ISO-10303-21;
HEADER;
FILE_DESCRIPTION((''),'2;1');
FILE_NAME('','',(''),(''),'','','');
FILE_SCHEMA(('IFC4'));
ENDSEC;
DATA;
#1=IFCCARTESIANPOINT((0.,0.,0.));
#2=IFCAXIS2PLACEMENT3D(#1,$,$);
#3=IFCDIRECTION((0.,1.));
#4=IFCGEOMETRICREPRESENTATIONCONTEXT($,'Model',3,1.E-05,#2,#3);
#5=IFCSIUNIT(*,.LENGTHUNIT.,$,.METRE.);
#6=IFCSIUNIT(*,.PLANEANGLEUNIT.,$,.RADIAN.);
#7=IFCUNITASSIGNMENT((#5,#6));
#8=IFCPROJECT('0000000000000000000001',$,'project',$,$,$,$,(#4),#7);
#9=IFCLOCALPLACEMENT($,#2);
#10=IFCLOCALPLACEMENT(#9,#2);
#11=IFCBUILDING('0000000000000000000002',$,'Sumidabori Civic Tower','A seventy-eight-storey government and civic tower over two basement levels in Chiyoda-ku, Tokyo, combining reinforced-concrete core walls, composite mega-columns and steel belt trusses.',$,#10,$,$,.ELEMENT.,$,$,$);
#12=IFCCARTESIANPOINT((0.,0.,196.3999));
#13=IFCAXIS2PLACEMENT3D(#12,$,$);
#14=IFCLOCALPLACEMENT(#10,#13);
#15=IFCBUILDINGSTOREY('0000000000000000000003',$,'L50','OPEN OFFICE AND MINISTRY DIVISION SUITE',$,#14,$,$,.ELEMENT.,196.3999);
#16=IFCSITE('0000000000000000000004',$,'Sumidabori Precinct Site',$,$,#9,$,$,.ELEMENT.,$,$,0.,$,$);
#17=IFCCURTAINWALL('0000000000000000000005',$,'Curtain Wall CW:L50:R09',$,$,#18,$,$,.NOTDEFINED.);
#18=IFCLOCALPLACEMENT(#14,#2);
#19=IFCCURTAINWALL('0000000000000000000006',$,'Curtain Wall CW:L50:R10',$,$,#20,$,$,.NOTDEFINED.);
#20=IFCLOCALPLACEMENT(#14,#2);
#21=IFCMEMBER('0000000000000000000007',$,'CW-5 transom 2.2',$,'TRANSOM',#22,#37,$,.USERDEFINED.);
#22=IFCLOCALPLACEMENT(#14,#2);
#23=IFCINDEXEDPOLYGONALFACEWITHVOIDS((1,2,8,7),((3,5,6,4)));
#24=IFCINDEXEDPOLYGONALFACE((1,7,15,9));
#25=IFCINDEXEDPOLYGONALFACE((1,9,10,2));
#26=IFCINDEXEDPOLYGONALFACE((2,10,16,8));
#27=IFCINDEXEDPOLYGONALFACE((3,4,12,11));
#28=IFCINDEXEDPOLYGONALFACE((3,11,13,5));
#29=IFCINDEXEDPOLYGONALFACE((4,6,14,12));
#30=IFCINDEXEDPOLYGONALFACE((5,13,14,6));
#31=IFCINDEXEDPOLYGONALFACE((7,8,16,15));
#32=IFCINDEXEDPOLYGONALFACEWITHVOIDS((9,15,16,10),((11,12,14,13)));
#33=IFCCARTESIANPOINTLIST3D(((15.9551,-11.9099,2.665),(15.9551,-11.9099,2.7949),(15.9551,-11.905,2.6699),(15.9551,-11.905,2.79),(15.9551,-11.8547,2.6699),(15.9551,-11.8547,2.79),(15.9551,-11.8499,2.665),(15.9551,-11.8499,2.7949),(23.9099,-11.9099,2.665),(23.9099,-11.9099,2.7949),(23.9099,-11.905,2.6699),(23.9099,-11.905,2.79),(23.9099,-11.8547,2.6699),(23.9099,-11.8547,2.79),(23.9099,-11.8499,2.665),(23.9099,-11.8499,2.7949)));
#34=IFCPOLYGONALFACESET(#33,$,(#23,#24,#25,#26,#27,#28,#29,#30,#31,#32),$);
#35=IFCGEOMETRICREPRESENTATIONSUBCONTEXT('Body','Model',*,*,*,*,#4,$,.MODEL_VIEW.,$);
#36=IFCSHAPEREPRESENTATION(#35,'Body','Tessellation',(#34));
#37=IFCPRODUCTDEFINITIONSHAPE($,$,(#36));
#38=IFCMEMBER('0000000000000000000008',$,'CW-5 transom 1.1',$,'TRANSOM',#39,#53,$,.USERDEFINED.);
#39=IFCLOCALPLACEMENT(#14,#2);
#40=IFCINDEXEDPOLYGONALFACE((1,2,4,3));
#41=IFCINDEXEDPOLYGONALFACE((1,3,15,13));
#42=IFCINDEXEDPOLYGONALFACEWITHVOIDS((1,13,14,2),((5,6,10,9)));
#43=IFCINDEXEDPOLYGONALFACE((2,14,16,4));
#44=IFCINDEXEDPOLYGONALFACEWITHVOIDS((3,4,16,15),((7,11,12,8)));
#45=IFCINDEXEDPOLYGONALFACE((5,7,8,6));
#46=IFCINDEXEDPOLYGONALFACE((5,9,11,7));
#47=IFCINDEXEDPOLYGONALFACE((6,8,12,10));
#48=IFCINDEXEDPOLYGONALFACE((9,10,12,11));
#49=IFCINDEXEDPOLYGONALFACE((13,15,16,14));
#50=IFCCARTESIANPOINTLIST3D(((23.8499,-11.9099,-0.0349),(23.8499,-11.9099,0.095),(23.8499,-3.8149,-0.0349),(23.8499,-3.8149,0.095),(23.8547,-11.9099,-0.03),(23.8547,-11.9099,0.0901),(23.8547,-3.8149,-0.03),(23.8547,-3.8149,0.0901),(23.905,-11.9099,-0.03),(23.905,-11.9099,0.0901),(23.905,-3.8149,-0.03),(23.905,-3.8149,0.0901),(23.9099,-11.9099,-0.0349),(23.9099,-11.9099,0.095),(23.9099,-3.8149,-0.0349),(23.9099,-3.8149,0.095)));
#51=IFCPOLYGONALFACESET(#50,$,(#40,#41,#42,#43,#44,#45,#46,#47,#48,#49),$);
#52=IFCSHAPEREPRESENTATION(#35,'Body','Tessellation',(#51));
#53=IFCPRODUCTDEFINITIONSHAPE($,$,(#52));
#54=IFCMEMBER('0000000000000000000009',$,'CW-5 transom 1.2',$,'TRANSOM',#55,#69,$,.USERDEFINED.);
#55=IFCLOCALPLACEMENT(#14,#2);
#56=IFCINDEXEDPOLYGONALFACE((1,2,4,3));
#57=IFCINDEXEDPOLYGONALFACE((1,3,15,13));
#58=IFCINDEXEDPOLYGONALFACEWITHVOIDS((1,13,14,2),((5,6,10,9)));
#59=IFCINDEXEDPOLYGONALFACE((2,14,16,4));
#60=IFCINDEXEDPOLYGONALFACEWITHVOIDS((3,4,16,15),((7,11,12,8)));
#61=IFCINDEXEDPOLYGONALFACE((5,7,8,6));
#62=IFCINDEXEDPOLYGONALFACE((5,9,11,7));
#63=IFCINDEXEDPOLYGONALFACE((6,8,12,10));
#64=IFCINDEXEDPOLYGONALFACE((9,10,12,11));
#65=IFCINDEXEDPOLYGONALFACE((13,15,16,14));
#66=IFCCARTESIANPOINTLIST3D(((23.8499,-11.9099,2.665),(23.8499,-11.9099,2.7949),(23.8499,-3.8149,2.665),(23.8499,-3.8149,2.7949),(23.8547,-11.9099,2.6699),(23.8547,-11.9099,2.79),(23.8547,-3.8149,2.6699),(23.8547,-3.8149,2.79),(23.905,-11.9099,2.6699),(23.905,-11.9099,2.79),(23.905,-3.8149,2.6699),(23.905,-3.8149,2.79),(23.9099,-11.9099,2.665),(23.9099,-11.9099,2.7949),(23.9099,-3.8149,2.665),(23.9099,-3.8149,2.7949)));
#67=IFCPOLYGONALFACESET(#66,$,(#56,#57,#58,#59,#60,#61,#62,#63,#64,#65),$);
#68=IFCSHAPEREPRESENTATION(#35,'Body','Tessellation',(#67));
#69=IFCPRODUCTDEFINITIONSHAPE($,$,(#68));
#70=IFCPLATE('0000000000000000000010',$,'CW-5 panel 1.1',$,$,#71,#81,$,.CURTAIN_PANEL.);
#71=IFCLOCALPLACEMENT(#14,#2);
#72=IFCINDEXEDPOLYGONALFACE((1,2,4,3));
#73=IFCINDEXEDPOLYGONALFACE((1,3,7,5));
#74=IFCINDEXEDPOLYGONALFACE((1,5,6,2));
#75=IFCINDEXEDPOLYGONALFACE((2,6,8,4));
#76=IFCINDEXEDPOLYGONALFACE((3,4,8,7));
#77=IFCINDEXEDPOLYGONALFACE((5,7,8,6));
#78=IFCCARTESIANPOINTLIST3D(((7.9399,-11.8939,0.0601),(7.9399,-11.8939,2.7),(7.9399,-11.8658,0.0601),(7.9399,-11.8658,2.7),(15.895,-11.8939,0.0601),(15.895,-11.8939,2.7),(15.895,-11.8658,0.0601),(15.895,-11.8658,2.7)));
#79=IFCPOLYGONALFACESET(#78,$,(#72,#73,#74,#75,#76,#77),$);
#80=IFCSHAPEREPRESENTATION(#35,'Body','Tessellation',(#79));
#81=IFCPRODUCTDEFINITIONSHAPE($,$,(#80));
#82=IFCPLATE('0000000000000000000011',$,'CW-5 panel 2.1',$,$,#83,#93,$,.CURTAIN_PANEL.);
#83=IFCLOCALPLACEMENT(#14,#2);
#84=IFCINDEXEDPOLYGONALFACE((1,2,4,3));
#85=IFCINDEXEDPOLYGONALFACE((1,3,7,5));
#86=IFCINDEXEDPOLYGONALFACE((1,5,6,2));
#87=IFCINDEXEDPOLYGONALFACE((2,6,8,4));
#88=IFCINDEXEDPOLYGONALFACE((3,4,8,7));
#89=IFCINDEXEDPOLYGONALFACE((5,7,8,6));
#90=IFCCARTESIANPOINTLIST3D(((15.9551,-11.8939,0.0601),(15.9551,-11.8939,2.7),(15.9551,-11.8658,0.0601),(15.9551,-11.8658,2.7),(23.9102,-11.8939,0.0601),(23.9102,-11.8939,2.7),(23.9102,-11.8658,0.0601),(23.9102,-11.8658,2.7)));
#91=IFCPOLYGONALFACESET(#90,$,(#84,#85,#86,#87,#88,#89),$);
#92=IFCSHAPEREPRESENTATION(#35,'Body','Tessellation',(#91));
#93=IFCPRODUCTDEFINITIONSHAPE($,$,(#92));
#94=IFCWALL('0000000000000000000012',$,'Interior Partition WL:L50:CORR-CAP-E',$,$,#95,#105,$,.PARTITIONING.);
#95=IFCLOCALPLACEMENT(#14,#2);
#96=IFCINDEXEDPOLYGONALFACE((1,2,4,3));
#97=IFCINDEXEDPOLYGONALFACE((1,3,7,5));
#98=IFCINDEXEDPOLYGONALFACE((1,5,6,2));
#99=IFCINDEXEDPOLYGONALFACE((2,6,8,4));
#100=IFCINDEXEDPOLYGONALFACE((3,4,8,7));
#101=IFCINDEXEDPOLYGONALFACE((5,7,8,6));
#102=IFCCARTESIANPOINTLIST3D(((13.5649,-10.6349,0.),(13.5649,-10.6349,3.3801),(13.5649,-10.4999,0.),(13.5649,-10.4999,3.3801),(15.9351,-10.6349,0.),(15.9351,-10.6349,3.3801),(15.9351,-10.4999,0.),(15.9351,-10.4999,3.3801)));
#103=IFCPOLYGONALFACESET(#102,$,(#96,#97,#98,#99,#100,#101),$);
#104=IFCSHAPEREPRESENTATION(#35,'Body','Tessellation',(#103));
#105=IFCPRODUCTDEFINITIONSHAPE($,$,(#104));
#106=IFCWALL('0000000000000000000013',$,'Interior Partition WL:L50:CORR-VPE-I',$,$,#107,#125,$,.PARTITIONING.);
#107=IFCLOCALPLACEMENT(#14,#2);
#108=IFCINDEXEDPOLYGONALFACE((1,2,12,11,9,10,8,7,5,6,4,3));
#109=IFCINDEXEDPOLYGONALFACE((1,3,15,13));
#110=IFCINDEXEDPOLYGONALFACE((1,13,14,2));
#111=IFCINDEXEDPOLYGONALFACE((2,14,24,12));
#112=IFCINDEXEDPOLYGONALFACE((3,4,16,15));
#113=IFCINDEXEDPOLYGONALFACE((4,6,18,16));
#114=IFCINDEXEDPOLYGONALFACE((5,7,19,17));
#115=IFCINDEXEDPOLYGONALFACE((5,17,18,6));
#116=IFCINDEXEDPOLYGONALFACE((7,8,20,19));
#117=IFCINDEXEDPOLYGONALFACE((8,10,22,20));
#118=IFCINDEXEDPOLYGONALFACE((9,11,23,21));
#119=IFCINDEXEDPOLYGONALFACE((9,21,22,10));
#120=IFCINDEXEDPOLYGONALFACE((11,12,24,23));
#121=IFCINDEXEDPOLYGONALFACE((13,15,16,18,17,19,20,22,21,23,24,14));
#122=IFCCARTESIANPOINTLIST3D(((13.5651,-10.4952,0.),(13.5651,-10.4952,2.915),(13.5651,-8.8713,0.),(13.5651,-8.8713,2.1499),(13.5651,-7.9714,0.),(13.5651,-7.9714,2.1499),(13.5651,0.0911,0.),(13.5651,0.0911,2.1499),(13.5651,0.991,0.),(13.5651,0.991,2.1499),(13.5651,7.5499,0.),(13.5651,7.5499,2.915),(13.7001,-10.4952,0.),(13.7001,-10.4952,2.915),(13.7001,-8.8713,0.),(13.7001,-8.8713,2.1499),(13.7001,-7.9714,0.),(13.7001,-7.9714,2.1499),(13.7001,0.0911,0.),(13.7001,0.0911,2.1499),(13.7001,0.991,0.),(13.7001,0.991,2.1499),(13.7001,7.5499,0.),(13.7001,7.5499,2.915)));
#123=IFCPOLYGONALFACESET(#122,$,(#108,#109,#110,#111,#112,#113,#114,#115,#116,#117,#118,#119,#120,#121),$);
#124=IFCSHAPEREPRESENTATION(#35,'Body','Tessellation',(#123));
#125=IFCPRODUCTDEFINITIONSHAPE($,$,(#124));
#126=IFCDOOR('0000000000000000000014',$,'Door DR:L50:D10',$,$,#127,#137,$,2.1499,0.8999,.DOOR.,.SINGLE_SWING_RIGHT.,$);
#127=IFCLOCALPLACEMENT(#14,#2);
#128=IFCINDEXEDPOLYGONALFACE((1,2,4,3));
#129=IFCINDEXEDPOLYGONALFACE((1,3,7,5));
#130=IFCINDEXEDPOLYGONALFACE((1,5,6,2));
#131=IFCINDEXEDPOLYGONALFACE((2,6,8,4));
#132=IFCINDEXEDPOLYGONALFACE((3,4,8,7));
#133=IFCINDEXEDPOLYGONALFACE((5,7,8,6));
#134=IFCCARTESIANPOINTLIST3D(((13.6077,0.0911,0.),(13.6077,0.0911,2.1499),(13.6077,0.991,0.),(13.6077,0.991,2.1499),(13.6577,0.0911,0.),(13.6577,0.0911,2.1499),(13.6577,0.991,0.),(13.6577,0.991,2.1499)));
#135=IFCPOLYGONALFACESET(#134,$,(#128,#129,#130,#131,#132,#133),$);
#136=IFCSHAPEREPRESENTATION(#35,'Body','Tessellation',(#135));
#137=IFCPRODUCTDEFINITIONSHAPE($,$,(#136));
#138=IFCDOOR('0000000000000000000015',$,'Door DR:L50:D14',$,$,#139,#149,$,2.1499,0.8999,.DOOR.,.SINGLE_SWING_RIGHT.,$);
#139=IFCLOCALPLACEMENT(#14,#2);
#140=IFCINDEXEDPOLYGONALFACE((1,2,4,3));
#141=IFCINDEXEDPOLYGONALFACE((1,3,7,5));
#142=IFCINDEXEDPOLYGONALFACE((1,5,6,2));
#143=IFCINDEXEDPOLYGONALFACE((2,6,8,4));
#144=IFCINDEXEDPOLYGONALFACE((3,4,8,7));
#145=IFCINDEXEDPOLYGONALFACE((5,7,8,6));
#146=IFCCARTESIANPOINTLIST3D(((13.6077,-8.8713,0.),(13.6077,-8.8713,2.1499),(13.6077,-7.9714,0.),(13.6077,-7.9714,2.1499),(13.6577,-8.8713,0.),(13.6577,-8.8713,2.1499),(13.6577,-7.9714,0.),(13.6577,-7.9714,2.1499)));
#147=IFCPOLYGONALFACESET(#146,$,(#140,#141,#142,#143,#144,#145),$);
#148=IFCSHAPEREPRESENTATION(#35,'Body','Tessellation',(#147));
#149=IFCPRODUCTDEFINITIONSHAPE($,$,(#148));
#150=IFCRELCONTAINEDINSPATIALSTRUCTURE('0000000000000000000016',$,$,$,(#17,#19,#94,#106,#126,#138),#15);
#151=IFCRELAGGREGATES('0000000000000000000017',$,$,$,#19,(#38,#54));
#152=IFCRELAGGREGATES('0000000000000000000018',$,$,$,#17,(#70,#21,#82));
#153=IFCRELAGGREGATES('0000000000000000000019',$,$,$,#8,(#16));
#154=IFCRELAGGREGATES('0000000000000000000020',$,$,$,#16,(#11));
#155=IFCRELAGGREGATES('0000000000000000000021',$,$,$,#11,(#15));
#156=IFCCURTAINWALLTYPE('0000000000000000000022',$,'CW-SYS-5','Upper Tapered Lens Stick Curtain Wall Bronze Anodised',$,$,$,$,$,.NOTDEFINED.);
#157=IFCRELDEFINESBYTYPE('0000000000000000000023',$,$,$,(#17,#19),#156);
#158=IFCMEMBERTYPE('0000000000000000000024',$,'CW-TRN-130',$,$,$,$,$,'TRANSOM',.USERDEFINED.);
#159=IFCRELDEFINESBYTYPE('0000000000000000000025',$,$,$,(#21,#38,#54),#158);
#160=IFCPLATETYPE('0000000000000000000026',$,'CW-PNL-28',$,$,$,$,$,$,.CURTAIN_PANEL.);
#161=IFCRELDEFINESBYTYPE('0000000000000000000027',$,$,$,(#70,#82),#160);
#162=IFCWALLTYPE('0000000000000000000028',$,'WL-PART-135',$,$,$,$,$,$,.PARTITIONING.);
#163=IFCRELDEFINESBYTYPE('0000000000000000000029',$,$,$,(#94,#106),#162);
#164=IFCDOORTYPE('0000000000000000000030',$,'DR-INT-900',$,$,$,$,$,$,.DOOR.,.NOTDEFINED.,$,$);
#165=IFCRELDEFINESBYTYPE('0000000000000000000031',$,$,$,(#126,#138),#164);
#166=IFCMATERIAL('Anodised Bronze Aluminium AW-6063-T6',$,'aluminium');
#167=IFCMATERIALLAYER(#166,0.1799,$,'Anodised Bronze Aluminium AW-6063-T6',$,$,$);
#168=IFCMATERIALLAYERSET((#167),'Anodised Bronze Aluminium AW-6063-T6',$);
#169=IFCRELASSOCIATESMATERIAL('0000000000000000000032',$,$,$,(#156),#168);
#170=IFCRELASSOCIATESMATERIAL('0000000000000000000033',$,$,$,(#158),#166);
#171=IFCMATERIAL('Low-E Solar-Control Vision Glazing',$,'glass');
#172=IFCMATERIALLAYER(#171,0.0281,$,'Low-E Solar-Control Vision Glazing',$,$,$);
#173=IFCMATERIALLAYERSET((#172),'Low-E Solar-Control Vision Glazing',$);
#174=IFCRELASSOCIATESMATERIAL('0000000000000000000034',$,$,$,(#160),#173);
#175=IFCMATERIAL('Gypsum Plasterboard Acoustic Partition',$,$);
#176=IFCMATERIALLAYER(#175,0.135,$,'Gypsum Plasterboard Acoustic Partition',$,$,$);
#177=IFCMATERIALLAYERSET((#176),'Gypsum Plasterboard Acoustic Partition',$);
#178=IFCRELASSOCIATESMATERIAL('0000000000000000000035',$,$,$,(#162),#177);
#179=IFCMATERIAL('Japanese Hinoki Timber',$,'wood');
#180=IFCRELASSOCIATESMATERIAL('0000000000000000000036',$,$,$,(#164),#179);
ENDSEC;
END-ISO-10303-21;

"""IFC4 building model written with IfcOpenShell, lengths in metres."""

from ifc_helpers import new_model, si_unit, direction, frame, frame_2d, origin, origin_2d, place, context, subcontext, project, spatial, rectangle, hollow_rectangle, extrude, source, transform, mapped, material, layer, layer_set, material_profile, profile_set, type_object, element, fill, aggregate, save


model = new_model("IFC4")

# Units and contexts
model_context = context("Model", 3, precision=1e-05, world=origin(), true_north=direction((0.0, 1.0)))
body_context = subcontext(model_context, "Body", "Model", "MODEL_VIEW")
ifc_project = project(units=[si_unit("LENGTHUNIT", "METRE"), si_unit("PLANEANGLEUNIT", "RADIAN")], contexts=[model_context])

# Site, building, storey
site_placement = place(None, origin())
site = spatial("IfcSite", under=ifc_project, at=site_placement, Name="Sumidabori Precinct Site", CompositionType="ELEMENT", RefElevation=0.0)
building_placement = place(site_placement, origin())
building = spatial("IfcBuilding", under=site, at=building_placement, Name="Sumidabori Civic Tower", Description="A seventy-eight-storey government and civic tower over two basement levels in Chiyoda-ku, Tokyo, combining reinforced-concrete core walls, composite mega-columns and steel belt trusses.", CompositionType="ELEMENT")
storey_placement = place(building_placement, frame((0.0, 0.0, 196.3999)))
storey = spatial("IfcBuildingStorey", under=building, at=storey_placement, Name="L50", Description="OPEN OFFICE AND MINISTRY DIVISION SUITE", CompositionType="ELEMENT", Elevation=196.3999)

# Curtain wall
ifc_material_1 = material(Name="Anodised Bronze Aluminium AW-6063-T6", Category="aluminium")
ifc_layer_1 = layer(ifc_material_1, 0.1799, Name="Anodised Bronze Aluminium AW-6063-T6")
ifc_layer_set_1 = layer_set([ifc_layer_1], Name="Anodised Bronze Aluminium AW-6063-T6")
curtain_wall_type = type_object("IfcCurtainWallType", Name="CW-SYS-5", Description="Upper Tapered Lens Stick Curtain Wall Bronze Anodised", PredefinedType="NOTDEFINED", material=ifc_layer_set_1)
curtain_wall_1_placement = place(storey_placement, origin())
curtain_wall_1 = element("IfcCurtainWall", 1, at=curtain_wall_1_placement, inside=storey, type_object=curtain_wall_type, Name="Curtain Wall CW:L50:R09", PredefinedType="NOTDEFINED")

# Curtain wall
curtain_wall_2_placement = place(storey_placement, origin())
curtain_wall_2 = element("IfcCurtainWall", 2, at=curtain_wall_2_placement, inside=storey, type_object=curtain_wall_type, Name="Curtain Wall CW:L50:R10", PredefinedType="NOTDEFINED")

# Members
ifc_material_profile_1 = material_profile(ifc_material_1, hollow_rectangle(XDim=0.0601, YDim=0.1299, WallThickness=0.0049, at=origin_2d()), Name="ALU TRANSOM 130x60")
ifc_profile_set_1 = profile_set([ifc_material_profile_1], Name="Anodised Bronze Aluminium AW-6063-T6")
member_type_1 = type_object("IfcMemberType", Name="CW-TRN-130", ElementType="TRANSOM", PredefinedType="USERDEFINED", material=ifc_profile_set_1)
shared_shape_1 = source(origin(), body_context, "Body", "SweptSolid", [
    extrude(hollow_rectangle(XDim=0.0601, YDim=0.1299, WallThickness=0.0049, at=origin_2d()), origin(), (0.0, 0.0, 1.0), 7.9548),
])
member_1_placement = place(storey_placement, frame((15.9551, -11.8799, 2.73), z_axis=(1.0, 0.0, 0.0), x_axis=(0.0, 1.0, 0.0)))
member_1 = element("IfcMember", 3, at=member_1_placement, type_object=member_type_1, Name="CW-5 transom 2.2", ObjectType="TRANSOM", PredefinedType="USERDEFINED", context=body_context, shape_type="MappedRepresentation", body=[
    mapped(shared_shape_1, transform((0.0, 0.0, 0.0), x_axis=(1.0, 0.0, 0.0), y_axis=(0.0, 1.0, 0.0), z_axis=(0.0, 0.0, 1.0), scale=1.0)),
])
shared_shape_2 = source(origin(), body_context, "Body", "SweptSolid", [
    extrude(hollow_rectangle(XDim=0.0601, YDim=0.1299, WallThickness=0.0049, at=origin_2d()), origin(), (0.0, 0.0, 1.0), 8.095),
])
member_2_placement = place(storey_placement, frame((23.8799, -11.9099, 0.03), z_axis=(0.0, 1.0, 0.0), x_axis=(-1.0, 0.0, 0.0)))
member_2 = element("IfcMember", 4, at=member_2_placement, type_object=member_type_1, Name="CW-5 transom 1.1", ObjectType="TRANSOM", PredefinedType="USERDEFINED", context=body_context, shape_type="MappedRepresentation", body=[
    mapped(shared_shape_2, transform((0.0, 0.0, 0.0), x_axis=(1.0, 0.0, 0.0), y_axis=(0.0, 1.0, 0.0), z_axis=(0.0, 0.0, 1.0), scale=1.0)),
])
member_3_placement = place(storey_placement, frame((23.8799, -11.9099, 2.73), z_axis=(0.0, 1.0, 0.0), x_axis=(-1.0, 0.0, 0.0)))
member_3 = element("IfcMember", 5, at=member_3_placement, type_object=member_type_1, Name="CW-5 transom 1.2", ObjectType="TRANSOM", PredefinedType="USERDEFINED", context=body_context, shape_type="MappedRepresentation", body=[
    mapped(shared_shape_2, transform((0.0, 0.0, 0.0), x_axis=(1.0, 0.0, 0.0), y_axis=(0.0, 1.0, 0.0), z_axis=(0.0, 0.0, 1.0), scale=1.0)),
])
aggregate(curtain_wall_2, [member_2, member_3])

# Plates
ifc_material_2 = material(Name="Low-E Solar-Control Vision Glazing", Category="glass")
ifc_layer_2 = layer(ifc_material_2, 0.0281, Name="Low-E Solar-Control Vision Glazing")
ifc_layer_set_2 = layer_set([ifc_layer_2], Name="Low-E Solar-Control Vision Glazing")
plate_type = type_object("IfcPlateType", Name="CW-PNL-28", PredefinedType="CURTAIN_PANEL", material=ifc_layer_set_2)
shared_shape_3 = source(origin(), body_context, "Body", "SweptSolid", [
    extrude(rectangle(XDim=7.9551, YDim=0.0281, at=origin_2d()), origin(), (0.0, 0.0, 1.0), 2.6399),
])
plate_1_placement = place(storey_placement, frame((11.9175, -11.8799, 0.0601), z_axis=(0.0, 0.0, 1.0), x_axis=(1.0, 0.0, 0.0)))
plate_1 = element("IfcPlate", 6, at=plate_1_placement, type_object=plate_type, Name="CW-5 panel 1.1", PredefinedType="CURTAIN_PANEL", context=body_context, shape_type="MappedRepresentation", body=[
    mapped(shared_shape_3, transform((0.0, 0.0, 0.0), x_axis=(1.0, 0.0, 0.0), y_axis=(0.0, 1.0, 0.0), z_axis=(0.0, 0.0, 1.0), scale=1.0)),
])
plate_2_placement = place(storey_placement, frame((19.9326, -11.8799, 0.0601), z_axis=(0.0, 0.0, 1.0), x_axis=(1.0, 0.0, 0.0)))
plate_2 = element("IfcPlate", 7, at=plate_2_placement, type_object=plate_type, Name="CW-5 panel 2.1", PredefinedType="CURTAIN_PANEL", context=body_context, shape_type="MappedRepresentation", body=[
    mapped(shared_shape_3, transform((0.0, 0.0, 0.0), x_axis=(1.0, 0.0, 0.0), y_axis=(0.0, 1.0, 0.0), z_axis=(0.0, 0.0, 1.0), scale=1.0)),
])
aggregate(curtain_wall_1, [plate_1, member_1, plate_2])

# Wall
ifc_material_3 = material(Name="Gypsum Plasterboard Acoustic Partition")
ifc_layer_3 = layer(ifc_material_3, 0.135, Name="Gypsum Plasterboard Acoustic Partition")
ifc_layer_set_3 = layer_set([ifc_layer_3], Name="Gypsum Plasterboard Acoustic Partition")
wall_type = type_object("IfcWallType", Name="WL-PART-135", PredefinedType="PARTITIONING", material=ifc_layer_set_3)
shared_shape_4 = source(origin(), body_context, "Body", "SweptSolid", [
    extrude(rectangle(XDim=2.3701, YDim=0.135, at=frame_2d((1.1851, 0.0))), origin(), (0.0, 0.0, 1.0), 3.3801),
])
wall_1_placement = place(storey_placement, frame((13.5649, -10.5674, 0.0), z_axis=(0.0, 0.0, 1.0), x_axis=(1.0, 0.0, 0.0)))
element("IfcWall", 8, at=wall_1_placement, inside=storey, type_object=wall_type, Name="Interior Partition WL:L50:CORR-CAP-E", PredefinedType="PARTITIONING", context=body_context, shape_type="MappedRepresentation", body=[
    mapped(shared_shape_4, transform((0.0, 0.0, 0.0), x_axis=(1.0, 0.0, 0.0), y_axis=(0.0, 1.0, 0.0), z_axis=(0.0, 0.0, 1.0), scale=1.0)),
])

# Wall, openings, doors
shared_shape_5 = source(origin(), body_context, "Body", "SweptSolid", [
    extrude(rectangle(XDim=18.0452, YDim=0.135, at=frame_2d((9.0225, 0.0))), origin(), (0.0, 0.0, 1.0), 2.915),
])
wall_2_placement = place(storey_placement, frame((13.6326, -10.4951, 0.0), z_axis=(0.0, 0.0, 1.0), x_axis=(0.0, 1.0, 0.0)))
wall_2 = element("IfcWall", 9, at=wall_2_placement, inside=storey, type_object=wall_type, Name="Interior Partition WL:L50:CORR-VPE-I", PredefinedType="PARTITIONING", context=body_context, shape_type="MappedRepresentation", body=[
    mapped(shared_shape_5, transform((0.0, 0.0, 0.0), x_axis=(1.0, 0.0, 0.0), y_axis=(0.0, 1.0, 0.0), z_axis=(0.0, 0.0, 1.0), scale=1.0)),
])
opening_1_placement = place(wall_2_placement, frame((10.5862, 0.0, 0.0)))
opening_1 = element("IfcOpeningElement", 10, at=opening_1_placement, cuts=wall_2, PredefinedType="OPENING", context=body_context, shape_type="SweptSolid", body=[
    extrude(rectangle(XDim=0.8999, YDim=2.1499, at=frame_2d((0.45, 1.075))), frame((0.0, 0.0796, 0.0), z_axis=(0.0, -1.0, 0.0), x_axis=(1.0, 0.0, 0.0)), (0.0, 0.0, 1.0), 0.1589),
])
opening_2_placement = place(wall_2_placement, frame((1.6238, 0.0, 0.0)))
opening_2 = element("IfcOpeningElement", 11, at=opening_2_placement, cuts=wall_2, PredefinedType="OPENING", context=body_context, shape_type="SweptSolid", body=[
    extrude(rectangle(XDim=0.8999, YDim=2.1499, at=frame_2d((0.45, 1.075))), frame((0.0, 0.0796, 0.0), z_axis=(0.0, -1.0, 0.0), x_axis=(1.0, 0.0, 0.0)), (0.0, 0.0, 1.0), 0.1589),
])
ifc_material_4 = material(Name="Japanese Hinoki Timber", Category="wood")
door_type = type_object("IfcDoorType", Name="DR-INT-900", OperationType="NOTDEFINED", PredefinedType="DOOR", material=ifc_material_4)
shared_shape_6 = source(origin(), body_context, "Body", "SweptSolid", [
    extrude(rectangle(XDim=0.8999, YDim=2.1499, at=frame_2d((0.45, 1.075))), frame((0.0, 0.0249, 0.0), z_axis=(0.0, -1.0, 0.0), x_axis=(1.0, 0.0, 0.0)), (0.0, 0.0, 1.0), 0.05),
])
door_1_placement = place(opening_1_placement, origin())
door_1 = element("IfcDoor", 12, at=door_1_placement, inside=storey, type_object=door_type, Name="Door DR:L50:D10", OperationType="SINGLE_SWING_RIGHT", OverallHeight=2.1499, OverallWidth=0.8999, PredefinedType="DOOR", context=body_context, shape_type="MappedRepresentation", body=[
    mapped(shared_shape_6, transform((0.0, 0.0, 0.0), x_axis=(1.0, 0.0, 0.0), y_axis=(0.0, 1.0, 0.0), z_axis=(0.0, 0.0, 1.0), scale=1.0)),
])
fill(opening_1, door_1)
door_2_placement = place(opening_2_placement, origin())
door_2 = element("IfcDoor", 13, at=door_2_placement, inside=storey, type_object=door_type, Name="Door DR:L50:D14", OperationType="SINGLE_SWING_RIGHT", OverallHeight=2.1499, OverallWidth=0.8999, PredefinedType="DOOR", context=body_context, shape_type="MappedRepresentation", body=[
    mapped(shared_shape_6, transform((0.0, 0.0, 0.0), x_axis=(1.0, 0.0, 0.0), y_axis=(0.0, 1.0, 0.0), z_axis=(0.0, 0.0, 1.0), scale=1.0)),
])
fill(opening_2, door_2)

save(model, "model.ifc")
